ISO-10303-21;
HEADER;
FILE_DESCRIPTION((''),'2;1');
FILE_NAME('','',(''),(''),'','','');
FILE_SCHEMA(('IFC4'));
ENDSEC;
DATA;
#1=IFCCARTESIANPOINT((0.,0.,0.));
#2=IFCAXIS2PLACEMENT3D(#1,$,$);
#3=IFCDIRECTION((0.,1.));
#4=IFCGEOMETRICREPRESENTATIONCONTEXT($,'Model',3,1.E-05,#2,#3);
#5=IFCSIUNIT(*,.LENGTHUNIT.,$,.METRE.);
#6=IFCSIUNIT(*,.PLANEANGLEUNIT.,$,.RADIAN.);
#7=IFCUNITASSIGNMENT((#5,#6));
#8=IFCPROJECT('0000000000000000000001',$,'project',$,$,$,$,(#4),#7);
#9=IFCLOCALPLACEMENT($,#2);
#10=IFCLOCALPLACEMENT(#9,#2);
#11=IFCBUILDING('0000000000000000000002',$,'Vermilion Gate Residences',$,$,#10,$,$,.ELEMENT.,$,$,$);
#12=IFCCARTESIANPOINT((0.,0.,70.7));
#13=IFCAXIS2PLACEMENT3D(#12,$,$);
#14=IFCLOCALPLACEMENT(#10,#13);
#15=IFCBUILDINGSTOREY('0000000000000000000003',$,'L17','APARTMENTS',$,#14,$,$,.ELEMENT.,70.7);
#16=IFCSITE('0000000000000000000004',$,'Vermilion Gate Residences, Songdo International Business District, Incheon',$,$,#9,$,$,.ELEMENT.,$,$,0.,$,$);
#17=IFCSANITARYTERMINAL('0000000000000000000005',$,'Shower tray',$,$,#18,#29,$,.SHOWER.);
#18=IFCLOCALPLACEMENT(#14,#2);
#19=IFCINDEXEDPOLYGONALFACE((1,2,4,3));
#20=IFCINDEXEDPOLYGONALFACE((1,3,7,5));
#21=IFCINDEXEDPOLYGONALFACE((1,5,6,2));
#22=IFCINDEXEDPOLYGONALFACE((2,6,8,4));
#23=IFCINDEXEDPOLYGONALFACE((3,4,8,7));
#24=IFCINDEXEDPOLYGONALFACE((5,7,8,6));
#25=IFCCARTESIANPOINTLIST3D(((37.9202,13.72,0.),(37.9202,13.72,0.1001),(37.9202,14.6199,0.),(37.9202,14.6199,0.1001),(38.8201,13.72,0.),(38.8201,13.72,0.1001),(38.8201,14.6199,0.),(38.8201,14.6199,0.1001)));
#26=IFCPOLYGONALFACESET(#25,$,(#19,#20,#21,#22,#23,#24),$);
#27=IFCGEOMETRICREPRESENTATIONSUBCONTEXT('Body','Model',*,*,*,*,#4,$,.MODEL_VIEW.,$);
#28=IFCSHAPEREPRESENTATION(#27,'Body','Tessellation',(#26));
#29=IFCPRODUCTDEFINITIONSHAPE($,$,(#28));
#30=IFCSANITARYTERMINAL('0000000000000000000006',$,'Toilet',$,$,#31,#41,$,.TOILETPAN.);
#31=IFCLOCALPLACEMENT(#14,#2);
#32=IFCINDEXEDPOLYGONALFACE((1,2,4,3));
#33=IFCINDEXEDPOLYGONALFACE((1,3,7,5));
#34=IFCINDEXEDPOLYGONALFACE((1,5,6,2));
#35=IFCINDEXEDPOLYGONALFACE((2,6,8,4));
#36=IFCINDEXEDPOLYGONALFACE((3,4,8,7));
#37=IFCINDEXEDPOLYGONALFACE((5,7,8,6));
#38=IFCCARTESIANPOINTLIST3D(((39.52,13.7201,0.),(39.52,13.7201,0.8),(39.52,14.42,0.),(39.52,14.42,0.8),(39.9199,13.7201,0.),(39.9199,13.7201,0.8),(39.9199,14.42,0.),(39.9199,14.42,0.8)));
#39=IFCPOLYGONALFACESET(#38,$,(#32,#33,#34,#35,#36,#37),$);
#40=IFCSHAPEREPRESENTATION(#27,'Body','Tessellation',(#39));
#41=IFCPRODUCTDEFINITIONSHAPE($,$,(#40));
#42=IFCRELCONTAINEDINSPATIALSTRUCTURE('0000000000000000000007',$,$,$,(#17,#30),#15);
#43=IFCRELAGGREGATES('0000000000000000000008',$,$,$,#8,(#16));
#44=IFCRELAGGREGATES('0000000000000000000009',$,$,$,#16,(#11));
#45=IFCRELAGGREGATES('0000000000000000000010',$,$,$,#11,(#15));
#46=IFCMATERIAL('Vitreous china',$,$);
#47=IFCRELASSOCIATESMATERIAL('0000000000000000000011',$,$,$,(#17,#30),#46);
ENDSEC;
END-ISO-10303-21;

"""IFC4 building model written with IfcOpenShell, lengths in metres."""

from ifc_helpers import new_model, si_unit, direction, frame, origin, origin_2d, place, context, subcontext, project, spatial, rectangle, extrude, material, element, save


model = new_model("IFC4")

# Units and contexts
model_context = context("Model", 3, precision=1e-05, world=origin(), true_north=direction((0.0, 1.0)))
body_context = subcontext(model_context, "Body", "Model", "MODEL_VIEW")
ifc_project = project(units=[si_unit("LENGTHUNIT", "METRE"), si_unit("PLANEANGLEUNIT", "RADIAN")], contexts=[model_context])

# Site, building, storey
site_placement = place(None, origin())
site = spatial("IfcSite", under=ifc_project, at=site_placement, Name="Vermilion Gate Residences, Songdo International Business District, Incheon", CompositionType="ELEMENT", RefElevation=0.0)
building_placement = place(site_placement, origin())
building = spatial("IfcBuilding", under=site, at=building_placement, Name="Vermilion Gate Residences", CompositionType="ELEMENT")
storey_placement = place(building_placement, frame((0.0, 0.0, 70.7)))
storey = spatial("IfcBuildingStorey", under=building, at=storey_placement, Name="L17", Description="APARTMENTS", CompositionType="ELEMENT", Elevation=70.7)

# Sanitary terminals
ifc_material_1 = material(Name="Vitreous china")
sanitary_terminal_1_placement = place(storey_placement, frame((38.3701, 14.1699, 0.0), z_axis=(0.0, 0.0, 1.0), x_axis=(1.0, 0.0, 0.0)))
element("IfcSanitaryTerminal", 1, at=sanitary_terminal_1_placement, inside=storey, material=ifc_material_1, Name="Shower tray", PredefinedType="SHOWER", context=body_context, shape_type="SweptSolid", body=[
    extrude(rectangle(XDim=0.8999, YDim=0.8999, at=origin_2d()), origin(), (0.0, 0.0, 1.0), 0.1001),
])
sanitary_terminal_2_placement = place(storey_placement, frame((39.72, 14.0701, 0.0), z_axis=(0.0, 0.0, 1.0), x_axis=(1.0, 0.0, 0.0)))
element("IfcSanitaryTerminal", 2, at=sanitary_terminal_2_placement, inside=storey, material=ifc_material_1, Name="Toilet", PredefinedType="TOILETPAN", context=body_context, shape_type="SweptSolid", body=[
    extrude(rectangle(XDim=0.3999, YDim=0.7, at=origin_2d()), origin(), (0.0, 0.0, 1.0), 0.8),
])

save(model, "model.ifc")
